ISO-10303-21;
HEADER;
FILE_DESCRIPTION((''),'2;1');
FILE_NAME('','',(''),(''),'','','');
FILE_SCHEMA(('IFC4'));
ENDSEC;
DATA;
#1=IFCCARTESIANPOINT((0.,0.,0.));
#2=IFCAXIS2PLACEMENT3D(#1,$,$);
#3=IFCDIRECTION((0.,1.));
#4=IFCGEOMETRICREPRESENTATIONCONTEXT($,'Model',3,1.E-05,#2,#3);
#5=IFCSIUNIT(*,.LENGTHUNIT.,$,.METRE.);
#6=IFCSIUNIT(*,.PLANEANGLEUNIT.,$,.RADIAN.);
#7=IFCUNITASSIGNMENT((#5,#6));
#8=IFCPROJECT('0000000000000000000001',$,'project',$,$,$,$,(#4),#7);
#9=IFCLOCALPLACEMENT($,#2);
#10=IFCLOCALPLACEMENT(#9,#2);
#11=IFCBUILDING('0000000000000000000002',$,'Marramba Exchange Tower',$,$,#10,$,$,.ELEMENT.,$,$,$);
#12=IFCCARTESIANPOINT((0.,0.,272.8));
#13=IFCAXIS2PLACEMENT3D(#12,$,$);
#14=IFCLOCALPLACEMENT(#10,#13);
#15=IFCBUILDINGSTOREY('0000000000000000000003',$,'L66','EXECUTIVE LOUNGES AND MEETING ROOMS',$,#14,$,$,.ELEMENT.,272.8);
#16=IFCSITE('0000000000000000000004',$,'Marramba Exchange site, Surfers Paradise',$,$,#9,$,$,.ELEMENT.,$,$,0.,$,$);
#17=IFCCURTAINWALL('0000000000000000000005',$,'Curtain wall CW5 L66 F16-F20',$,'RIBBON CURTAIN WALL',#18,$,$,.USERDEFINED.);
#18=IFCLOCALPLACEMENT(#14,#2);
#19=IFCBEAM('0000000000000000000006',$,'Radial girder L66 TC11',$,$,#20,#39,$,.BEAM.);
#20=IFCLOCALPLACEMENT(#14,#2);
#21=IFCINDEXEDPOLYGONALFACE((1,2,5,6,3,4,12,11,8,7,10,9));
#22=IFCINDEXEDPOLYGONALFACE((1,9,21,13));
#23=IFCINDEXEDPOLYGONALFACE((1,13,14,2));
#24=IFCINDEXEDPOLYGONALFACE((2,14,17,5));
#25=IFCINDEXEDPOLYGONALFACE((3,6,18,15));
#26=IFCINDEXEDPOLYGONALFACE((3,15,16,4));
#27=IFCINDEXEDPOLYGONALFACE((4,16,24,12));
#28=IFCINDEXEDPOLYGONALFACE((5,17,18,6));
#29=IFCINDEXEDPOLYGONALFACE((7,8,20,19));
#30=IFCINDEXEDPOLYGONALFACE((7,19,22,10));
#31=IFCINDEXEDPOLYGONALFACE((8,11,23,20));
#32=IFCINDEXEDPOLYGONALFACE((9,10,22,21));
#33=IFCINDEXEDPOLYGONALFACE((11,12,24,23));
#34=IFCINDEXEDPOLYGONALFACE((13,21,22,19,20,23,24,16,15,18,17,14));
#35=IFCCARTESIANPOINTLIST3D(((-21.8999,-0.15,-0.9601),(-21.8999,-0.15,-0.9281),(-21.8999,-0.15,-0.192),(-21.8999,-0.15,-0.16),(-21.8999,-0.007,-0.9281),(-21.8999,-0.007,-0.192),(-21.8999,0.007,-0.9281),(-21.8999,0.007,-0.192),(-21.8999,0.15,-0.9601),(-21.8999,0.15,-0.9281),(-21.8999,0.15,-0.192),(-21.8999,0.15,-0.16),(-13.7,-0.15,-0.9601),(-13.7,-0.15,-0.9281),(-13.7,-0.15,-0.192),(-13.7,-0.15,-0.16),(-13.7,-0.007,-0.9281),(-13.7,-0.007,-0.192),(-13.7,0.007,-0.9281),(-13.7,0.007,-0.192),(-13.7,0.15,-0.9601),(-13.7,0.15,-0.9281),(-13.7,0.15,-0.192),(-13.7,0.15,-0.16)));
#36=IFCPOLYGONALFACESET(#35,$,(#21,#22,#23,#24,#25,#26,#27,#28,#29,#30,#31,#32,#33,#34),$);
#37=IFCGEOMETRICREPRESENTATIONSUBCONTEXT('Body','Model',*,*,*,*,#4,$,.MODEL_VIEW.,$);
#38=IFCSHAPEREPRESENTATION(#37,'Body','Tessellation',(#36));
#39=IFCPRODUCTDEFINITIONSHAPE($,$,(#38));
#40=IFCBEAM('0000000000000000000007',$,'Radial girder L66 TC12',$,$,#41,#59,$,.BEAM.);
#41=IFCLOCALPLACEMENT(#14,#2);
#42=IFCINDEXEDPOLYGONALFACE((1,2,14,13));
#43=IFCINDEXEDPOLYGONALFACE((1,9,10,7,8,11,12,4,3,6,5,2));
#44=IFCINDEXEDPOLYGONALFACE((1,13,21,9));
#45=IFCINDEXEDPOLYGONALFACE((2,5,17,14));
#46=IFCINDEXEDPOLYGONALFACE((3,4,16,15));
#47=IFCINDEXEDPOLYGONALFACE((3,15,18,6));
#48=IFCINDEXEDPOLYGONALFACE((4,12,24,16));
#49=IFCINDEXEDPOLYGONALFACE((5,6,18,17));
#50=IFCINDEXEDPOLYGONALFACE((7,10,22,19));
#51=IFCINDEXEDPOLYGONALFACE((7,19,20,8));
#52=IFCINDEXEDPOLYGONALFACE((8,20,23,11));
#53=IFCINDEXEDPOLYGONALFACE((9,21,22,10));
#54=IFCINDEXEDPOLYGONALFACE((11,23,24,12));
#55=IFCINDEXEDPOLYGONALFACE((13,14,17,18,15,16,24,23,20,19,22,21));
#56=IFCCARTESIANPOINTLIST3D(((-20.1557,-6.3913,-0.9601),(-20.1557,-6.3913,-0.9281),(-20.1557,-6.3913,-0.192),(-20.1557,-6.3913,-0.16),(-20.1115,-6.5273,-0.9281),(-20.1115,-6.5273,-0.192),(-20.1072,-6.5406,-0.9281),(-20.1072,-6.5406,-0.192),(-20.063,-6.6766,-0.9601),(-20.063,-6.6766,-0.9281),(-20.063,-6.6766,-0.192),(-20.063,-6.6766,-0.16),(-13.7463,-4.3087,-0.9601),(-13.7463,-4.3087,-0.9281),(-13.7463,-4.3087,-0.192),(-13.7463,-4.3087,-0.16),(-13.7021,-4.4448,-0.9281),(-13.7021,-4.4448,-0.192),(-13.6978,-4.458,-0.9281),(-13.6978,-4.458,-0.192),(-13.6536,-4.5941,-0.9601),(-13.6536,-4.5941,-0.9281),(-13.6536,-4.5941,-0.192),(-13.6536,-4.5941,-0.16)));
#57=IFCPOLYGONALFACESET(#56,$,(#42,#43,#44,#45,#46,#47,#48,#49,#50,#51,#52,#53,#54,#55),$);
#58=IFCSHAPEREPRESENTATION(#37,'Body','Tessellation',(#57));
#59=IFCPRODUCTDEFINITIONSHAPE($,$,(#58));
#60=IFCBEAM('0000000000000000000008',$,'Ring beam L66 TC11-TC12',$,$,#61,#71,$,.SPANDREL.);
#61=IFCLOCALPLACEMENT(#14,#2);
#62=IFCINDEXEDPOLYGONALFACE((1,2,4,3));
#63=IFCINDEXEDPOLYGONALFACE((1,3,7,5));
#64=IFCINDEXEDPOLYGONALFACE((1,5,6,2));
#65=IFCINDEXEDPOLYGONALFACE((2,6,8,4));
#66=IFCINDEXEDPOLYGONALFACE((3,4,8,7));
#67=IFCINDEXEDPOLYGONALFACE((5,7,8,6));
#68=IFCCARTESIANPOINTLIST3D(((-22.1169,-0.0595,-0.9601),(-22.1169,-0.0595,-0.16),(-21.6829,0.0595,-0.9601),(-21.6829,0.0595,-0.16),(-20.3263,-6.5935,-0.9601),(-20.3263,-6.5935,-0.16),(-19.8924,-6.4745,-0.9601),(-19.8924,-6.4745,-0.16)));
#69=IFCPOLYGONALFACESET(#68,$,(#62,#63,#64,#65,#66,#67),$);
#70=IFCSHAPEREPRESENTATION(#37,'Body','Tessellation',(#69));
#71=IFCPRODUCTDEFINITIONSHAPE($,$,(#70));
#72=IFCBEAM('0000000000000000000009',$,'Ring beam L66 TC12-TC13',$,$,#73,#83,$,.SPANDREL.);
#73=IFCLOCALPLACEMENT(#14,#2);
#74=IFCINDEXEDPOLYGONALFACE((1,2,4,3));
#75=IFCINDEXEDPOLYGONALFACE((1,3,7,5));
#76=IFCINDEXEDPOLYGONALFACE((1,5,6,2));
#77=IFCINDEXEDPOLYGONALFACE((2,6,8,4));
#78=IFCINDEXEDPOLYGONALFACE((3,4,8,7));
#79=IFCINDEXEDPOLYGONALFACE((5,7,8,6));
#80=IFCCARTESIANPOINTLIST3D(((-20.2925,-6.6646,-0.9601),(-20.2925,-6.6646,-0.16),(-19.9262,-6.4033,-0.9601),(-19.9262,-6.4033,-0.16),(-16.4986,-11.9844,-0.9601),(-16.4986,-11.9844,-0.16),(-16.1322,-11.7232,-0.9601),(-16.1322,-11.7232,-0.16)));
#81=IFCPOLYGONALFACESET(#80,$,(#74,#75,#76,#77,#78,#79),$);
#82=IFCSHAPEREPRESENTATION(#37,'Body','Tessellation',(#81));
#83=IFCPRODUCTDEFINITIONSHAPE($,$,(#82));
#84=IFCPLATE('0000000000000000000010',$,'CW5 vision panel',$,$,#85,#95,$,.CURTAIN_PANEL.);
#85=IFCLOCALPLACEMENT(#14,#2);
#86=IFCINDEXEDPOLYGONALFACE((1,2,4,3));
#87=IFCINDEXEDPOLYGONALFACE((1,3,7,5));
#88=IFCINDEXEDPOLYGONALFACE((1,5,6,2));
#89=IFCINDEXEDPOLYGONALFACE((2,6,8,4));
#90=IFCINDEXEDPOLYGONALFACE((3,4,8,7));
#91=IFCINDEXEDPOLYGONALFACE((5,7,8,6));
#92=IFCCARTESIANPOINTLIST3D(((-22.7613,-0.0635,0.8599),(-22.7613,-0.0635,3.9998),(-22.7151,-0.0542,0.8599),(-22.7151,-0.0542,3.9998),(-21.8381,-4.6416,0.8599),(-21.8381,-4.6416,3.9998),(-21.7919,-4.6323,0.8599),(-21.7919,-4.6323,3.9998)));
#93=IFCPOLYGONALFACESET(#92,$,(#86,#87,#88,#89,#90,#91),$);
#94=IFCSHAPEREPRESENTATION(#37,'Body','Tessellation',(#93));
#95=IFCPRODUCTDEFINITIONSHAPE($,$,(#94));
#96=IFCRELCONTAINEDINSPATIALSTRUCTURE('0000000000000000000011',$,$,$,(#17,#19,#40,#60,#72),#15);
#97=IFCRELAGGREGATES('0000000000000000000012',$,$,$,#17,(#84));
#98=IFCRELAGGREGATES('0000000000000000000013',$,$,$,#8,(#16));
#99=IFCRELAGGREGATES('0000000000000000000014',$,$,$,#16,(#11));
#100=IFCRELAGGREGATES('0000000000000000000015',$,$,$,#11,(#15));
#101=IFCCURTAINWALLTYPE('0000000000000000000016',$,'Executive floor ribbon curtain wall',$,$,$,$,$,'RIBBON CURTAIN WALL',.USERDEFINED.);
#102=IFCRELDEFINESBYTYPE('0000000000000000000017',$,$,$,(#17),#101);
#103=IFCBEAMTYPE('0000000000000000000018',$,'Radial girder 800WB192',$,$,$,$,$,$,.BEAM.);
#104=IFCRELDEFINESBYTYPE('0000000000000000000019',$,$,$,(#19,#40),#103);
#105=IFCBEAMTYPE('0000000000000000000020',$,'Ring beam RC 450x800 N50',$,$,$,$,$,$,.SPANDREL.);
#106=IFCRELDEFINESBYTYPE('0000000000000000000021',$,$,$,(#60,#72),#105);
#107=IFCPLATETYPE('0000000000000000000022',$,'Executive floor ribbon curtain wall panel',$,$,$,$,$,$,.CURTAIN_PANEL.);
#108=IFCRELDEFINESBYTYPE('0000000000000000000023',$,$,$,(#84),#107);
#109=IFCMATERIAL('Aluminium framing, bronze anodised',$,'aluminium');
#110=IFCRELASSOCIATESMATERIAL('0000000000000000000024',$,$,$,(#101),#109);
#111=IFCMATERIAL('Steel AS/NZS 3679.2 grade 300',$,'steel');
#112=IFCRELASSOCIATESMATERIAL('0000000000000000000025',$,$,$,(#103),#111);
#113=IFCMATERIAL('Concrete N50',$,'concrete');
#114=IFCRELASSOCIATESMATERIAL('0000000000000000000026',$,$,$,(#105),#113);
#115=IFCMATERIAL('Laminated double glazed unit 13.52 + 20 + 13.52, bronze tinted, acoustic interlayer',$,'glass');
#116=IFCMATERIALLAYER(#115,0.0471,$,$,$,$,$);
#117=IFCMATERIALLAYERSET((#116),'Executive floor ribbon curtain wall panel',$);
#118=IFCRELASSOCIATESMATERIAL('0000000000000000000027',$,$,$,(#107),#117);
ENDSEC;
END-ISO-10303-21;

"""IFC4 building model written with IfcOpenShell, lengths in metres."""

from ifc_helpers import new_model, si_unit, direction, frame, origin, origin_2d, place, context, subcontext, project, spatial, rectangle, i_section, extrude, material, layer, layer_set, material_profile, profile_set, type_object, element, aggregate, save


model = new_model("IFC4")

# Units and contexts
model_context = context("Model", 3, precision=1e-05, world=origin(), true_north=direction((0.0, 1.0)))
body_context = subcontext(model_context, "Body", "Model", "MODEL_VIEW")
ifc_project = project(units=[si_unit("LENGTHUNIT", "METRE"), si_unit("PLANEANGLEUNIT", "RADIAN")], contexts=[model_context])

# Site, building, storey
site_placement = place(None, origin())
site = spatial("IfcSite", under=ifc_project, at=site_placement, Name="Marramba Exchange site, Surfers Paradise", CompositionType="ELEMENT", RefElevation=0.0)
building_placement = place(site_placement, origin())
building = spatial("IfcBuilding", under=site, at=building_placement, Name="Marramba Exchange Tower", CompositionType="ELEMENT")
storey_placement = place(building_placement, frame((0.0, 0.0, 272.8)))
storey = spatial("IfcBuildingStorey", under=building, at=storey_placement, Name="L66", Description="EXECUTIVE LOUNGES AND MEETING ROOMS", CompositionType="ELEMENT", Elevation=272.8)

# Shared definitions
ifc_material_1 = material(Name="Concrete N50", Category="concrete")

# Curtain wall
ifc_material_2 = material(Name="Aluminium framing, bronze anodised", Category="aluminium")
curtain_wall_type = type_object("IfcCurtainWallType", Name="Executive floor ribbon curtain wall", ElementType="RIBBON CURTAIN WALL", PredefinedType="USERDEFINED", material=ifc_material_2)
curtain_wall_placement = place(storey_placement, origin())
curtain_wall = element("IfcCurtainWall", 1, at=curtain_wall_placement, inside=storey, type_object=curtain_wall_type, Name="Curtain wall CW5 L66 F16-F20", ObjectType="RIBBON CURTAIN WALL", PredefinedType="USERDEFINED")

# Beams
ifc_material_3 = material(Name="Steel AS/NZS 3679.2 grade 300", Category="steel")
ifc_material_profile_1 = material_profile(ifc_material_3, i_section(OverallWidth=0.3, OverallDepth=0.8, WebThickness=0.0139, FlangeThickness=0.032, at=origin_2d()), Name="800WB192")
ifc_profile_set_1 = profile_set([ifc_material_profile_1], Name="Steel AS/NZS 3679.2 grade 300")
beam_type_1 = type_object("IfcBeamType", Name="Radial girder 800WB192", PredefinedType="BEAM", material=ifc_profile_set_1)
beam_1_placement = place(storey_placement, frame((-13.7, 0.0, -0.5601), z_axis=(-1.0, 0.0, 0.0), x_axis=(0.0, -1.0, 0.0)))
element("IfcBeam", 2, at=beam_1_placement, inside=storey, type_object=beam_type_1, Name="Radial girder L66 TC11", PredefinedType="BEAM", context=body_context, shape_type="SweptSolid", body=[
    extrude(i_section(OverallWidth=0.3, OverallDepth=0.8, WebThickness=0.0139, FlangeThickness=0.032, at=origin_2d()), origin(), (0.0, 0.0, 1.0), 8.2),
])
beam_2_placement = place(storey_placement, frame((-13.7, -4.4514, -0.5601), z_axis=(-0.951058, -0.309013, 0.0), x_axis=(0.309013, -0.951058, 0.0)))
element("IfcBeam", 3, at=beam_2_placement, inside=storey, type_object=beam_type_1, Name="Radial girder L66 TC12", PredefinedType="BEAM", context=body_context, shape_type="SweptSolid", body=[
    extrude(i_section(OverallWidth=0.3, OverallDepth=0.8, WebThickness=0.0139, FlangeThickness=0.032, at=origin_2d()), origin(), (0.0, 0.0, 1.0), 6.7393),
])
ifc_material_profile_2 = material_profile(ifc_material_1, rectangle(XDim=0.45, YDim=0.8, at=origin_2d()), Name="RC 450x800")
ifc_profile_set_2 = profile_set([ifc_material_profile_2], Name="Concrete N50")
beam_type_2 = type_object("IfcBeamType", Name="Ring beam RC 450x800 N50", PredefinedType="SPANDREL", material=ifc_profile_set_2)
beam_3_placement = place(storey_placement, frame((-21.8999, 0.0, -0.5601), z_axis=(0.264291, -0.964443, 0.0), x_axis=(0.964443, 0.264291, 0.0)))
element("IfcBeam", 4, at=beam_3_placement, inside=storey, type_object=beam_type_2, Name="Ring beam L66 TC11-TC12", PredefinedType="SPANDREL", context=body_context, shape_type="SweptSolid", body=[
    extrude(rectangle(XDim=0.45, YDim=0.8, at=origin_2d()), origin(), (0.0, 0.0, 1.0), 6.7749),
])
beam_4_placement = place(storey_placement, frame((-20.1094, -6.5339, -0.5601), z_axis=(0.580637, -0.814162, 0.0), x_axis=(0.814162, 0.580637, 0.0)))
element("IfcBeam", 5, at=beam_4_placement, inside=storey, type_object=beam_type_2, Name="Ring beam L66 TC12-TC13", PredefinedType="SPANDREL", context=body_context, shape_type="SweptSolid", body=[
    extrude(rectangle(XDim=0.45, YDim=0.8, at=origin_2d()), origin(), (0.0, 0.0, 1.0), 6.5342),
])

# Plate
ifc_material_4 = material(Name="Laminated double glazed unit 13.52 + 20 + 13.52, bronze tinted, acoustic interlayer", Category="glass")
ifc_layer_1 = layer(ifc_material_4, 0.0471)
ifc_layer_set_1 = layer_set([ifc_layer_1], Name="Executive floor ribbon curtain wall panel")
plate_type = type_object("IfcPlateType", Name="Executive floor ribbon curtain wall panel", PredefinedType="CURTAIN_PANEL", material=ifc_layer_set_1)
plate_placement = place(storey_placement, frame((-22.2766, -2.3479, 0.8599), z_axis=(0.0, 0.0, 1.0), x_axis=(0.197671, -0.980269, 0.0)))
plate = element("IfcPlate", 6, at=plate_placement, type_object=plate_type, Name="CW5 vision panel", PredefinedType="CURTAIN_PANEL", context=body_context, shape_type="SweptSolid", body=[
    extrude(rectangle(XDim=4.6702, YDim=0.0471, at=origin_2d()), origin(), (0.0, 0.0, 1.0), 3.1399),
])
aggregate(curtain_wall, [plate])

save(model, "model.ifc")
